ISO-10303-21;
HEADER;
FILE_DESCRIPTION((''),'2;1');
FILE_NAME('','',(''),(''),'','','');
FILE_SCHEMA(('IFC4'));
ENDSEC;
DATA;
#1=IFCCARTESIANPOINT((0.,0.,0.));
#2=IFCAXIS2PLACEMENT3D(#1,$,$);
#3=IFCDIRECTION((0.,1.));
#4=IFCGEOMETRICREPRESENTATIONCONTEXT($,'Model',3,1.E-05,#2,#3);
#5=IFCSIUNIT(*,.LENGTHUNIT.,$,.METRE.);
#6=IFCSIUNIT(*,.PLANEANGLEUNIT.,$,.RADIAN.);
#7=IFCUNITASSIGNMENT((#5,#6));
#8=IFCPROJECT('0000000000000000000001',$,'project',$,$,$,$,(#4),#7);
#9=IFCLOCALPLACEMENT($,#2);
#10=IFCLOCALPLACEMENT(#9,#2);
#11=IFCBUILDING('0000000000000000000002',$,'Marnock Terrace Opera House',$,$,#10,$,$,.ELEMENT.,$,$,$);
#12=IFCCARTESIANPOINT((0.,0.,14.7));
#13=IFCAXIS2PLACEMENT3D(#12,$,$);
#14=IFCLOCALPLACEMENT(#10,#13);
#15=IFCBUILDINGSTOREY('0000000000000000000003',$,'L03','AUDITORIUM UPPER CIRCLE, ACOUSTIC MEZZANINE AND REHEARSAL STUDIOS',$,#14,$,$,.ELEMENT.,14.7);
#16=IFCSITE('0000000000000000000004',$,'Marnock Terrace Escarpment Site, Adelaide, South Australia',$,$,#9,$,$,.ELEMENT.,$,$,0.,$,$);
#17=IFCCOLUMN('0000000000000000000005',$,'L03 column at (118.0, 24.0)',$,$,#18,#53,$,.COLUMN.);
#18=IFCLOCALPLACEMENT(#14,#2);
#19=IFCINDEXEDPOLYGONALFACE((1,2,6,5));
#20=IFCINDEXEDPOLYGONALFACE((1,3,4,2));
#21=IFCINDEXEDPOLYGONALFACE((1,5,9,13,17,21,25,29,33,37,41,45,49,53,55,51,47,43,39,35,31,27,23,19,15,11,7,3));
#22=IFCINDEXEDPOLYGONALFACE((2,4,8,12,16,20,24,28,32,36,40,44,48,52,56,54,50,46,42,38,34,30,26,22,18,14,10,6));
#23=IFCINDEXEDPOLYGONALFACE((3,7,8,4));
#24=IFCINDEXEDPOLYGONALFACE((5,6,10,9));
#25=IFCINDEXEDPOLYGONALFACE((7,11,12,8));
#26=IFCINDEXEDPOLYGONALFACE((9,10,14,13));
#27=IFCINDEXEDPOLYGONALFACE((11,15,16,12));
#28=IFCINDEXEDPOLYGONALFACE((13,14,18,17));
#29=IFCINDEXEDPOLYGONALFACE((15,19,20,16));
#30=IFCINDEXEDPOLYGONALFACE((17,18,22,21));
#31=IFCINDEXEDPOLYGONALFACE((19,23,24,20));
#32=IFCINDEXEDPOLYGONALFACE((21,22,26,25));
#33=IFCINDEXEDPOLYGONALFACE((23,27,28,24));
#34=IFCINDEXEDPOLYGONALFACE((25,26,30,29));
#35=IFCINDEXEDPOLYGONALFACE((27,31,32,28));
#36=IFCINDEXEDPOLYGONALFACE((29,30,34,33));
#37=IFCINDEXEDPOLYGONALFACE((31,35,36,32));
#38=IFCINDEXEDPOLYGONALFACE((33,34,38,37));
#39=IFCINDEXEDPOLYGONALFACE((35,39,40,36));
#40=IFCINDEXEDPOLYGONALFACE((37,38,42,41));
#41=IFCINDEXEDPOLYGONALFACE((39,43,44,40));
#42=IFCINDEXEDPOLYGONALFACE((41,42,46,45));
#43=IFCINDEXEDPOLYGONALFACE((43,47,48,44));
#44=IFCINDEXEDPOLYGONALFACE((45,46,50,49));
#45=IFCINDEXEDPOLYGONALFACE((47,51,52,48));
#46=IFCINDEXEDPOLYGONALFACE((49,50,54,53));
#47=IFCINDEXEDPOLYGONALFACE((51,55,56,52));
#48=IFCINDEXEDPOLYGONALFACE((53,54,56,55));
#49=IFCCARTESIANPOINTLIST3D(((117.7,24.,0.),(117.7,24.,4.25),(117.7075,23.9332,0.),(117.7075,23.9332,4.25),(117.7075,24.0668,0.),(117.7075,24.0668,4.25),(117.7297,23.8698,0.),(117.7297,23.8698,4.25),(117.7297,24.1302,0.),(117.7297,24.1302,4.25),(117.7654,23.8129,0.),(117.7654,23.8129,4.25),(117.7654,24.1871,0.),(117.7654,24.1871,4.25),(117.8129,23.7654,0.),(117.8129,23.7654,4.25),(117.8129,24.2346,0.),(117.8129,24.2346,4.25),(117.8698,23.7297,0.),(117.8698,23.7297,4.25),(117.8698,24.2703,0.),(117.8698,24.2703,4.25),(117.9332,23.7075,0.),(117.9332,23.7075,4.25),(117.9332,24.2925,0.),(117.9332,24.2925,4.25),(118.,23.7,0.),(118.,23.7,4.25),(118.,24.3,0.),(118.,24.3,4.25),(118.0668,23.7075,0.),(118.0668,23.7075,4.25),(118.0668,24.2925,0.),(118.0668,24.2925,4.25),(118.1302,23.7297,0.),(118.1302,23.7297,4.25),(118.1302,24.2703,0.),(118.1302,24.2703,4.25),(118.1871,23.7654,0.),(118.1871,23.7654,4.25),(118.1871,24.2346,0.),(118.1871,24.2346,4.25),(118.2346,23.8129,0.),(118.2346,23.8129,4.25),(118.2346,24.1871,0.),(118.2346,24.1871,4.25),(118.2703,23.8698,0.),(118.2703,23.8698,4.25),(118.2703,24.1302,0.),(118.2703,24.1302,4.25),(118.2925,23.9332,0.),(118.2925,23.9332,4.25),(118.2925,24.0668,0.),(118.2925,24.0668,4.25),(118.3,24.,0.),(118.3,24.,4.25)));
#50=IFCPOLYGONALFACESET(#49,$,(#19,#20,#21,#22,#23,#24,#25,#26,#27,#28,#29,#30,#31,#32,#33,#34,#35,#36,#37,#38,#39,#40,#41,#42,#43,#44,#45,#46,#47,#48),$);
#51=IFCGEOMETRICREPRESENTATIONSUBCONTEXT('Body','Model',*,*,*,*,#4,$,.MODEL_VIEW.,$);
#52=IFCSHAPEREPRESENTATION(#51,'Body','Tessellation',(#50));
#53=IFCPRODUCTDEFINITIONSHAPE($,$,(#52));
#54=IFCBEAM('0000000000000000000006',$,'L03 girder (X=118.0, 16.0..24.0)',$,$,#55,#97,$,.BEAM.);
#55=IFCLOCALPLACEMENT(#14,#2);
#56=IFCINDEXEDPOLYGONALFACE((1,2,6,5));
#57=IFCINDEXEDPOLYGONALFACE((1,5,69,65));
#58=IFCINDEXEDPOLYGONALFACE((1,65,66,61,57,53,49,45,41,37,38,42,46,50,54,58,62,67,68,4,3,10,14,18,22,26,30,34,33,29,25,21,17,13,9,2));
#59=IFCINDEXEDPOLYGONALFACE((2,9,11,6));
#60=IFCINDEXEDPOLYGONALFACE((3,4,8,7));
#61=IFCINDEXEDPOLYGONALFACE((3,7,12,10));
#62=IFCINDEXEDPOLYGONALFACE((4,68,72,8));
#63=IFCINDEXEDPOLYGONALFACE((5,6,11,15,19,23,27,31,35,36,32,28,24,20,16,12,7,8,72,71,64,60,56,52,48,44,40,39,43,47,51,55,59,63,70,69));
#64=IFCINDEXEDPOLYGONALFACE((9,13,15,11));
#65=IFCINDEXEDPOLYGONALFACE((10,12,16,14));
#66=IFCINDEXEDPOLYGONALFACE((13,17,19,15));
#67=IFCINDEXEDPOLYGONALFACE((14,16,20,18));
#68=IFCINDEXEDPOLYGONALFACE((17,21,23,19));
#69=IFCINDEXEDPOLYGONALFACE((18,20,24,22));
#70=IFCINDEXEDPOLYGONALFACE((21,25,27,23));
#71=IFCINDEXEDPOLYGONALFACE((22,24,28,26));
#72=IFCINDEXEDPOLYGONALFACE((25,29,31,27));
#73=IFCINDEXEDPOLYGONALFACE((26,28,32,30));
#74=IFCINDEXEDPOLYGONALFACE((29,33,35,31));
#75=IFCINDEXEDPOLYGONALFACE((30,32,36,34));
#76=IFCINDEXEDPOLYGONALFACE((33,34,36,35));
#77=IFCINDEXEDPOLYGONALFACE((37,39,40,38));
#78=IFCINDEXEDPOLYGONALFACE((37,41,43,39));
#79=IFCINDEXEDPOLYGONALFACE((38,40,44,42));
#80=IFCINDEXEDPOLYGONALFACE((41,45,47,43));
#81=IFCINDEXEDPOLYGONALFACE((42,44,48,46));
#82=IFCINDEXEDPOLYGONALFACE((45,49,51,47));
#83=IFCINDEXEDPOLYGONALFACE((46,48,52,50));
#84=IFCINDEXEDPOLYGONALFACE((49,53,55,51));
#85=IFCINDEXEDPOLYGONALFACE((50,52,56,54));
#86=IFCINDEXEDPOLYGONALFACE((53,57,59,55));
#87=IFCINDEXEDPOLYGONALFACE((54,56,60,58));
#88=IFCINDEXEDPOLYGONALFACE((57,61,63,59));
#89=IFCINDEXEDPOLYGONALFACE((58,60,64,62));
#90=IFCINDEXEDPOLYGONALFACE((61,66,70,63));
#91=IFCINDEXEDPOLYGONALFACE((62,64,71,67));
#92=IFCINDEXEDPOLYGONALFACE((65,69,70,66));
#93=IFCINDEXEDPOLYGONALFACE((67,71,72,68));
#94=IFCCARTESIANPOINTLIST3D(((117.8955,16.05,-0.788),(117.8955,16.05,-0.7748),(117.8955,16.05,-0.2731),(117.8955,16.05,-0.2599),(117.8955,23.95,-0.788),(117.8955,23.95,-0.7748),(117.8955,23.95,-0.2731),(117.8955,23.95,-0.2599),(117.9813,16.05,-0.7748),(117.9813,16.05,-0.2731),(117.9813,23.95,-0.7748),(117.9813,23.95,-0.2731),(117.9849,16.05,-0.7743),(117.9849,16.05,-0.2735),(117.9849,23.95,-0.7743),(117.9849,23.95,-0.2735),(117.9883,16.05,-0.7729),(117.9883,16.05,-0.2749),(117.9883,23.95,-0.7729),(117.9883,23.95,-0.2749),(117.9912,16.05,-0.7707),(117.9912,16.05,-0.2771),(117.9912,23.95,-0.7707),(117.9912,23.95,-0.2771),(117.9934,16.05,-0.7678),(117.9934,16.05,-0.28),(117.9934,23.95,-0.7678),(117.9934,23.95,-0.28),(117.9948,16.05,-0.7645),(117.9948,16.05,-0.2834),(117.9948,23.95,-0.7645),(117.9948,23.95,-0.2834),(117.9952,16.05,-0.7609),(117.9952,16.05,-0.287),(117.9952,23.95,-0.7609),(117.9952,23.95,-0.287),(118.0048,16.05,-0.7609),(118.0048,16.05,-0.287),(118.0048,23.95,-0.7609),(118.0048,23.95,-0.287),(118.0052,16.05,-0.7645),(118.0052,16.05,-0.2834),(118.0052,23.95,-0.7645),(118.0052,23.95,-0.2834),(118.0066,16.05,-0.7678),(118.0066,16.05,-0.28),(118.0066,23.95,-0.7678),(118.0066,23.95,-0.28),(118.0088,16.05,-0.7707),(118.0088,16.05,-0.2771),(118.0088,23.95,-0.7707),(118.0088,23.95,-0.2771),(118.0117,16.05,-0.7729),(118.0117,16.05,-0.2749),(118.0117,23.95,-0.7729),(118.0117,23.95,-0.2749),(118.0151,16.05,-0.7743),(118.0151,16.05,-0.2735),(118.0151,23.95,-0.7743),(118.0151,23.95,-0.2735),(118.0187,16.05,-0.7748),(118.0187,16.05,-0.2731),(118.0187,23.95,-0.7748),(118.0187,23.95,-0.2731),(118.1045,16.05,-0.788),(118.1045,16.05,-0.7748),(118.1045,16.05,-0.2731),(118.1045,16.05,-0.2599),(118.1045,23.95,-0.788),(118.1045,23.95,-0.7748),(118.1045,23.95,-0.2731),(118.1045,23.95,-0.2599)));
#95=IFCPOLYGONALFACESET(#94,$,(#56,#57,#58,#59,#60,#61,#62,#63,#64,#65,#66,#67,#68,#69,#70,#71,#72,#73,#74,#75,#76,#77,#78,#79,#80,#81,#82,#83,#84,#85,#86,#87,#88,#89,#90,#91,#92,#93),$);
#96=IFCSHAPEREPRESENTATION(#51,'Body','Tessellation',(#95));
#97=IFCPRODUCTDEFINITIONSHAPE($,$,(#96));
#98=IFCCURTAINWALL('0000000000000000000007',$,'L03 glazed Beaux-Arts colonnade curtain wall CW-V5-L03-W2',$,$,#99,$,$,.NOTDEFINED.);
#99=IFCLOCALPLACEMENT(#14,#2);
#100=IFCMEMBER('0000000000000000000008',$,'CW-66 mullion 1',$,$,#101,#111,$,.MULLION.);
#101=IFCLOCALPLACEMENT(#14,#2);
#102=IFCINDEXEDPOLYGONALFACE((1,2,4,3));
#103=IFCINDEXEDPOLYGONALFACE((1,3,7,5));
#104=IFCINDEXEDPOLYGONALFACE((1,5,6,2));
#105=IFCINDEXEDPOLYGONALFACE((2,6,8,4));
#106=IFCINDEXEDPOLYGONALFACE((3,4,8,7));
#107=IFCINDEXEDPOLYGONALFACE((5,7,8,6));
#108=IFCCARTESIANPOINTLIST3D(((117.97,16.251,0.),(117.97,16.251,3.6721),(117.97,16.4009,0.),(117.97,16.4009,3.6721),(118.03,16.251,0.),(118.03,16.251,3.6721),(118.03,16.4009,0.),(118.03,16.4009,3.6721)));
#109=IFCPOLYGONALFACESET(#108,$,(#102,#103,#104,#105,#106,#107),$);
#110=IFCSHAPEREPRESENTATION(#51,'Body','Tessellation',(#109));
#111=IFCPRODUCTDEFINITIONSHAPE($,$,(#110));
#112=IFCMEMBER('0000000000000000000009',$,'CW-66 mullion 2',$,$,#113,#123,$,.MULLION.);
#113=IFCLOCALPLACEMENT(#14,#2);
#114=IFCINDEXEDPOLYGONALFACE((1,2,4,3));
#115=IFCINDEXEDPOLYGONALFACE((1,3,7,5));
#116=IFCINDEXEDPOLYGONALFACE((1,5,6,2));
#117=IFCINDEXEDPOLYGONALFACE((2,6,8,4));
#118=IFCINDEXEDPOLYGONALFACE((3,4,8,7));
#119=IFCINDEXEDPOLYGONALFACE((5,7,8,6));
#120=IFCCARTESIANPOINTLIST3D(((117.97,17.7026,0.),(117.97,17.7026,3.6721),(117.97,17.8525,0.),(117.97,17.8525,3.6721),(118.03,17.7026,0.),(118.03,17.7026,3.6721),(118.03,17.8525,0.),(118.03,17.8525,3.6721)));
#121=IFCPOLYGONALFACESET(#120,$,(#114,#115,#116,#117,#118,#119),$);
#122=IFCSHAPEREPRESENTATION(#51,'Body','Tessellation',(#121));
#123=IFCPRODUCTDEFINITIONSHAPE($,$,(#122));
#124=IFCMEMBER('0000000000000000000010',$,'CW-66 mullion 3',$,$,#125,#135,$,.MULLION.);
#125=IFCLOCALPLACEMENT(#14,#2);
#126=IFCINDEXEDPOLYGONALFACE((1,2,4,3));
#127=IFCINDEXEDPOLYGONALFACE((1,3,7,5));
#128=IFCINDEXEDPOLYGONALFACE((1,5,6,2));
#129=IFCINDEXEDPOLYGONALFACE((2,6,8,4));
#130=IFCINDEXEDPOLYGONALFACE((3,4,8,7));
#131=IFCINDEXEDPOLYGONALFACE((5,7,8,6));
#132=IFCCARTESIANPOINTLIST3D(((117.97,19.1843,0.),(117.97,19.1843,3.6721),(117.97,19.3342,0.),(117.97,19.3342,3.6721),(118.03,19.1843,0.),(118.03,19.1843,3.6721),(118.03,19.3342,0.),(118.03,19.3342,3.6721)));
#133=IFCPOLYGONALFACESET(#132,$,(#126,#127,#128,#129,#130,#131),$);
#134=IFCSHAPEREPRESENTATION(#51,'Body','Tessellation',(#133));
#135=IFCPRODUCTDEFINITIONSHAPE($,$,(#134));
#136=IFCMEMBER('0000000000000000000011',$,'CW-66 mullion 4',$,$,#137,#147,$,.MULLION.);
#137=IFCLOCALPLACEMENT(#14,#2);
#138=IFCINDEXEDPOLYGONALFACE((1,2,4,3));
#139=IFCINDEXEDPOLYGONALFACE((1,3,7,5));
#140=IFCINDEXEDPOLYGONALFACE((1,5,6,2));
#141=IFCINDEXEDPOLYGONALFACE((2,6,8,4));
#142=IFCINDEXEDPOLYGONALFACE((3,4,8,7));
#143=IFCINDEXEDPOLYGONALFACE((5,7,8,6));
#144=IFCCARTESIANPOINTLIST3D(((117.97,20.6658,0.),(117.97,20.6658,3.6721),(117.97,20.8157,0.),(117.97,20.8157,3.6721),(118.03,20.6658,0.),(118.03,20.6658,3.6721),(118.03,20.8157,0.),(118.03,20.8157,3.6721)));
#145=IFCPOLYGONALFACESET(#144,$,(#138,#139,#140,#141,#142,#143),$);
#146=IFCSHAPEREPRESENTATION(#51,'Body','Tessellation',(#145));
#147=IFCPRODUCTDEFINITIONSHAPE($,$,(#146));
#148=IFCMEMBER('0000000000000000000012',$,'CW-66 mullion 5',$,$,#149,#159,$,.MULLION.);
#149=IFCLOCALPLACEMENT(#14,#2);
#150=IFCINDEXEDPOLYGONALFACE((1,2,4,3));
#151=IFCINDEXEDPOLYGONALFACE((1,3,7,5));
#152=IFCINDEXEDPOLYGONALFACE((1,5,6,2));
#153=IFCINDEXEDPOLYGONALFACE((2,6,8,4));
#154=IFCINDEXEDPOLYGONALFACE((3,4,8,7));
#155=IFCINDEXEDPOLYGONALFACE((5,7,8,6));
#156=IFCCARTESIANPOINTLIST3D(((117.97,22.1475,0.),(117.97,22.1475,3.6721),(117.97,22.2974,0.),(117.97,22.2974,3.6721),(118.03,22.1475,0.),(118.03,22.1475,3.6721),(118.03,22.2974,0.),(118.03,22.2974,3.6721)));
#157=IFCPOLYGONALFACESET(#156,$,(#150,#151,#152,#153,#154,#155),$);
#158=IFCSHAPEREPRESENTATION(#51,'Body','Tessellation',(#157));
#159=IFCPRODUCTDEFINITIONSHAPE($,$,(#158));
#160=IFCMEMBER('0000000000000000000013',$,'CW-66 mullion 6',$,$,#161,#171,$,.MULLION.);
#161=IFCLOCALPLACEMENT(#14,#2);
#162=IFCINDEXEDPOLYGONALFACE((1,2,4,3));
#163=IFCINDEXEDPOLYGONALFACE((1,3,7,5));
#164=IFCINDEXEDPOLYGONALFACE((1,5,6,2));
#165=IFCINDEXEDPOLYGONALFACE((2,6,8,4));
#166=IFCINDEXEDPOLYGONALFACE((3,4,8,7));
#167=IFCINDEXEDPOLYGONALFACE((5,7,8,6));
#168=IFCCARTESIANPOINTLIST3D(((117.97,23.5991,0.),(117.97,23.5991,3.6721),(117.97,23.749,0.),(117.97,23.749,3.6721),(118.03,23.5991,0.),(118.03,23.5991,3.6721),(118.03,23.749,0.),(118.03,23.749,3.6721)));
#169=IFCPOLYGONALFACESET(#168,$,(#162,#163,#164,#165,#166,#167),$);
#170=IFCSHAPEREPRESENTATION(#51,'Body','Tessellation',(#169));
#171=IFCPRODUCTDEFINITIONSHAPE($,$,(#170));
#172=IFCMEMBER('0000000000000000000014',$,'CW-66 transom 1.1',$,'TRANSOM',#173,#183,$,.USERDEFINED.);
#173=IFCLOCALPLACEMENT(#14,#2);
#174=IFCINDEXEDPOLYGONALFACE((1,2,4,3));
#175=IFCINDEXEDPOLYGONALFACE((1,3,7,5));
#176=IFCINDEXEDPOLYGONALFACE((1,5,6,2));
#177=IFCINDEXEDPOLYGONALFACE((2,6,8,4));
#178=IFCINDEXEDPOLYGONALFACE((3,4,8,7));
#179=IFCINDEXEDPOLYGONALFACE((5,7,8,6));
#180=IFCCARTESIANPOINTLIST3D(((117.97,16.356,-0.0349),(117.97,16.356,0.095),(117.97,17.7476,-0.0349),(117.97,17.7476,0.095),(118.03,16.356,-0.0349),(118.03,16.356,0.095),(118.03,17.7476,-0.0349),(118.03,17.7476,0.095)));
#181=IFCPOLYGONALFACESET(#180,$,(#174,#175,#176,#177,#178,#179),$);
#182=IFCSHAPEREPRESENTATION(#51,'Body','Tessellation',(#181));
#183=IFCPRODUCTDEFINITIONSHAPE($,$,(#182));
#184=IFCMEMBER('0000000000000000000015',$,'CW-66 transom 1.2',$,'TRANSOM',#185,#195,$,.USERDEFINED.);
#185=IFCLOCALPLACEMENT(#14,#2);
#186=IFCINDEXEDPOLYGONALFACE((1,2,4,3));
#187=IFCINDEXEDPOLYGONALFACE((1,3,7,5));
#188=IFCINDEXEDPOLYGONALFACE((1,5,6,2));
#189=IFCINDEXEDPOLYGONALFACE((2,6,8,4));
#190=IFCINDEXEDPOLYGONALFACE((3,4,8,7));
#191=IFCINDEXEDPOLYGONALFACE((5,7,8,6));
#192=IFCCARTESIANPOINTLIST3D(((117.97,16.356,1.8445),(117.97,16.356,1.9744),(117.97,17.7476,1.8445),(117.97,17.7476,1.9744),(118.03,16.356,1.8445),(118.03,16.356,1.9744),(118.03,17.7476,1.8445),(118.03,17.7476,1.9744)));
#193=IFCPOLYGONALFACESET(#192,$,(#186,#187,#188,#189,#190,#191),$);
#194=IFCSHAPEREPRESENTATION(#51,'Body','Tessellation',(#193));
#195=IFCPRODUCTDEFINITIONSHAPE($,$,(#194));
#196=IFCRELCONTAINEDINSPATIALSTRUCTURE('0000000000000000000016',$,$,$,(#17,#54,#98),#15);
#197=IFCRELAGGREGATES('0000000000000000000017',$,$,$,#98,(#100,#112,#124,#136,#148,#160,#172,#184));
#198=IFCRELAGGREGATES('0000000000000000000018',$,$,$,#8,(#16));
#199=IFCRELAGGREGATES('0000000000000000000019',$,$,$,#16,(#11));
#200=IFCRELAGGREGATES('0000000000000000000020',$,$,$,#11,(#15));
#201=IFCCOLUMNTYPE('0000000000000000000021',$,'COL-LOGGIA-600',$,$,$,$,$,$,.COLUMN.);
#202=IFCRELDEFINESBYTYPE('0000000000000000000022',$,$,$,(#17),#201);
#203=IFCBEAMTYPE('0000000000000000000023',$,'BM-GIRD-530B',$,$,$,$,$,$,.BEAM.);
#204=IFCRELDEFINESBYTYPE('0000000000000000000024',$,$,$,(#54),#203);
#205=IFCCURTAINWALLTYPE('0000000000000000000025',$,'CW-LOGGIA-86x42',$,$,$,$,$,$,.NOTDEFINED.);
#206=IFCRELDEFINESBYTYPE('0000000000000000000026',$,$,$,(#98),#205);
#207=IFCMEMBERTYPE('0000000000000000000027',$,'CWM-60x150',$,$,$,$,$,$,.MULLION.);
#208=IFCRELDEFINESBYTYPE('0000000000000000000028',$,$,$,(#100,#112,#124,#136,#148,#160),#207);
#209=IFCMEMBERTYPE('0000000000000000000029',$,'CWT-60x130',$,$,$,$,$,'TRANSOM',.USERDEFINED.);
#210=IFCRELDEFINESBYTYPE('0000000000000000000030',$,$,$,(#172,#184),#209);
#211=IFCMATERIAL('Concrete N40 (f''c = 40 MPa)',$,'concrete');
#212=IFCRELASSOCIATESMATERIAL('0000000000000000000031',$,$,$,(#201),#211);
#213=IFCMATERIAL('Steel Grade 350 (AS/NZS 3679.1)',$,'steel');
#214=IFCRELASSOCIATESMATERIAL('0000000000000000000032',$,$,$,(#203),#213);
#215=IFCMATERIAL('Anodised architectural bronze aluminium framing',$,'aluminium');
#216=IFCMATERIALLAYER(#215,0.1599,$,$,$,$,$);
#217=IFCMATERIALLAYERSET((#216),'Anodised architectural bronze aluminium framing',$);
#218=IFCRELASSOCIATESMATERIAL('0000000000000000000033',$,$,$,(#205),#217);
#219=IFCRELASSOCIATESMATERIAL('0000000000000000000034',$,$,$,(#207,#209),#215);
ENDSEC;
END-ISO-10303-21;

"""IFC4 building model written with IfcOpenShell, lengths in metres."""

from ifc_helpers import new_model, si_unit, direction, frame, origin, origin_2d, place, context, subcontext, project, spatial, rectangle, circle, i_section, extrude, material, layer, layer_set, material_profile, profile_set, type_object, element, aggregate, save


model = new_model("IFC4")

# Units and contexts
model_context = context("Model", 3, precision=1e-05, world=origin(), true_north=direction((0.0, 1.0)))
body_context = subcontext(model_context, "Body", "Model", "MODEL_VIEW")
ifc_project = project(units=[si_unit("LENGTHUNIT", "METRE"), si_unit("PLANEANGLEUNIT", "RADIAN")], contexts=[model_context])

# Site, building, storey
site_placement = place(None, origin())
site = spatial("IfcSite", under=ifc_project, at=site_placement, Name="Marnock Terrace Escarpment Site, Adelaide, South Australia", CompositionType="ELEMENT", RefElevation=0.0)
building_placement = place(site_placement, origin())
building = spatial("IfcBuilding", under=site, at=building_placement, Name="Marnock Terrace Opera House", CompositionType="ELEMENT")
storey_placement = place(building_placement, frame((0.0, 0.0, 14.7)))
storey = spatial("IfcBuildingStorey", under=building, at=storey_placement, Name="L03", Description="AUDITORIUM UPPER CIRCLE, ACOUSTIC MEZZANINE AND REHEARSAL STUDIOS", CompositionType="ELEMENT", Elevation=14.7)

# Column
ifc_material_1 = material(Name="Concrete N40 (f'c = 40 MPa)", Category="concrete")
ifc_material_profile_1 = material_profile(ifc_material_1, circle(Radius=0.3, at=origin_2d()))
ifc_profile_set_1 = profile_set([ifc_material_profile_1], Name="Concrete N40 (f'c = 40 MPa)")
column_type = type_object("IfcColumnType", Name="COL-LOGGIA-600", PredefinedType="COLUMN", material=ifc_profile_set_1)
column_placement = place(storey_placement, frame((118.0, 24.0, 0.0), z_axis=(0.0, 0.0, 1.0), x_axis=(1.0, 0.0, 0.0)))
element("IfcColumn", 1, at=column_placement, inside=storey, type_object=column_type, Name="L03 column at (118.0, 24.0)", PredefinedType="COLUMN", context=body_context, shape_type="SweptSolid", body=[
    extrude(circle(Radius=0.3, at=origin_2d()), origin(), (0.0, 0.0, 1.0), 4.25),
])

# Beam
ifc_material_2 = material(Name="Steel Grade 350 (AS/NZS 3679.1)", Category="steel")
ifc_material_profile_2 = material_profile(ifc_material_2, i_section(OverallWidth=0.209, OverallDepth=0.5281, WebThickness=0.0095, FlangeThickness=0.0132, FilletRadius=0.0139, at=origin_2d()))
ifc_profile_set_2 = profile_set([ifc_material_profile_2], Name="Steel Grade 350 (AS/NZS 3679.1)")
beam_type = type_object("IfcBeamType", Name="BM-GIRD-530B", PredefinedType="BEAM", material=ifc_profile_set_2)
beam_placement = place(storey_placement, frame((118.0, 16.05, -0.5239), z_axis=(0.0, 1.0, 0.0), x_axis=(-1.0, 0.0, 0.0)))
element("IfcBeam", 2, at=beam_placement, inside=storey, type_object=beam_type, Name="L03 girder (X=118.0, 16.0..24.0)", PredefinedType="BEAM", context=body_context, shape_type="SweptSolid", body=[
    extrude(i_section(OverallWidth=0.209, OverallDepth=0.5281, WebThickness=0.0095, FlangeThickness=0.0132, FilletRadius=0.0139, at=origin_2d()), origin(), (0.0, 0.0, 1.0), 7.8999),
])

# Curtain wall, members
ifc_material_3 = material(Name="Anodised architectural bronze aluminium framing", Category="aluminium")
ifc_layer_1 = layer(ifc_material_3, 0.1599)
ifc_layer_set_1 = layer_set([ifc_layer_1], Name="Anodised architectural bronze aluminium framing")
curtain_wall_type = type_object("IfcCurtainWallType", Name="CW-LOGGIA-86x42", PredefinedType="NOTDEFINED", material=ifc_layer_set_1)
curtain_wall_placement = place(storey_placement, origin())
curtain_wall = element("IfcCurtainWall", 3, at=curtain_wall_placement, inside=storey, type_object=curtain_wall_type, Name="L03 glazed Beaux-Arts colonnade curtain wall CW-V5-L03-W2", PredefinedType="NOTDEFINED")
ifc_material_profile_3 = material_profile(ifc_material_3, rectangle(XDim=0.0601, YDim=0.1499, at=origin_2d()))
ifc_profile_set_3 = profile_set([ifc_material_profile_3], Name="Anodised architectural bronze aluminium framing")
member_type_1 = type_object("IfcMemberType", Name="CWM-60x150", PredefinedType="MULLION", material=ifc_profile_set_3)
member_1_placement = place(storey_placement, frame((118.0, 16.3259, 0.0), z_axis=(0.0, 0.0, 1.0), x_axis=(-1.0, 0.0, 0.0)))
member_1 = element("IfcMember", 4, at=member_1_placement, type_object=member_type_1, Name="CW-66 mullion 1", PredefinedType="MULLION", context=body_context, shape_type="SweptSolid", body=[
    extrude(rectangle(XDim=0.0601, YDim=0.1499, at=origin_2d()), origin(), (0.0, 0.0, 1.0), 3.6721),
])
member_2_placement = place(storey_placement, frame((118.0, 17.7776, 0.0), z_axis=(0.0, 0.0, 1.0), x_axis=(-1.0, 0.0, 0.0)))
member_2 = element("IfcMember", 5, at=member_2_placement, type_object=member_type_1, Name="CW-66 mullion 2", PredefinedType="MULLION", context=body_context, shape_type="SweptSolid", body=[
    extrude(rectangle(XDim=0.0601, YDim=0.1499, at=origin_2d()), origin(), (0.0, 0.0, 1.0), 3.6721),
])
member_3_placement = place(storey_placement, frame((118.0, 19.2593, 0.0), z_axis=(0.0, 0.0, 1.0), x_axis=(-1.0, 0.0, 0.0)))
member_3 = element("IfcMember", 6, at=member_3_placement, type_object=member_type_1, Name="CW-66 mullion 3", PredefinedType="MULLION", context=body_context, shape_type="SweptSolid", body=[
    extrude(rectangle(XDim=0.0601, YDim=0.1499, at=origin_2d()), origin(), (0.0, 0.0, 1.0), 3.6721),
])
member_4_placement = place(storey_placement, frame((118.0, 20.7407, 0.0), z_axis=(0.0, 0.0, 1.0), x_axis=(-1.0, 0.0, 0.0)))
member_4 = element("IfcMember", 7, at=member_4_placement, type_object=member_type_1, Name="CW-66 mullion 4", PredefinedType="MULLION", context=body_context, shape_type="SweptSolid", body=[
    extrude(rectangle(XDim=0.0601, YDim=0.1499, at=origin_2d()), origin(), (0.0, 0.0, 1.0), 3.6721),
])
member_5_placement = place(storey_placement, frame((118.0, 22.2224, 0.0), z_axis=(0.0, 0.0, 1.0), x_axis=(-1.0, 0.0, 0.0)))
member_5 = element("IfcMember", 8, at=member_5_placement, type_object=member_type_1, Name="CW-66 mullion 5", PredefinedType="MULLION", context=body_context, shape_type="SweptSolid", body=[
    extrude(rectangle(XDim=0.0601, YDim=0.1499, at=origin_2d()), origin(), (0.0, 0.0, 1.0), 3.6721),
])
member_6_placement = place(storey_placement, frame((118.0, 23.6741, 0.0), z_axis=(0.0, 0.0, 1.0), x_axis=(-1.0, 0.0, 0.0)))
member_6 = element("IfcMember", 9, at=member_6_placement, type_object=member_type_1, Name="CW-66 mullion 6", PredefinedType="MULLION", context=body_context, shape_type="SweptSolid", body=[
    extrude(rectangle(XDim=0.0601, YDim=0.1499, at=origin_2d()), origin(), (0.0, 0.0, 1.0), 3.6721),
])
ifc_material_profile_4 = material_profile(ifc_material_3, rectangle(XDim=0.0601, YDim=0.1299, at=origin_2d()))
ifc_profile_set_4 = profile_set([ifc_material_profile_4], Name="Anodised architectural bronze aluminium framing")
member_type_2 = type_object("IfcMemberType", Name="CWT-60x130", ElementType="TRANSOM", PredefinedType="USERDEFINED", material=ifc_profile_set_4)
member_7_placement = place(storey_placement, frame((118.0, 16.356, 0.03), z_axis=(0.0, 1.0, 0.0), x_axis=(-1.0, 0.0, 0.0)))
member_7 = element("IfcMember", 10, at=member_7_placement, type_object=member_type_2, Name="CW-66 transom 1.1", ObjectType="TRANSOM", PredefinedType="USERDEFINED", context=body_context, shape_type="SweptSolid", body=[
    extrude(rectangle(XDim=0.0601, YDim=0.1299, at=origin_2d()), origin(), (0.0, 0.0, 1.0), 1.3916),
])
member_8_placement = place(storey_placement, frame((118.0, 16.356, 1.9094), z_axis=(0.0, 1.0, 0.0), x_axis=(-1.0, 0.0, 0.0)))
member_8 = element("IfcMember", 11, at=member_8_placement, type_object=member_type_2, Name="CW-66 transom 1.2", ObjectType="TRANSOM", PredefinedType="USERDEFINED", context=body_context, shape_type="SweptSolid", body=[
    extrude(rectangle(XDim=0.0601, YDim=0.1299, at=origin_2d()), origin(), (0.0, 0.0, 1.0), 1.3916),
])
aggregate(curtain_wall, [member_1, member_2, member_3, member_4, member_5, member_6, member_7, member_8])

save(model, "model.ifc")
